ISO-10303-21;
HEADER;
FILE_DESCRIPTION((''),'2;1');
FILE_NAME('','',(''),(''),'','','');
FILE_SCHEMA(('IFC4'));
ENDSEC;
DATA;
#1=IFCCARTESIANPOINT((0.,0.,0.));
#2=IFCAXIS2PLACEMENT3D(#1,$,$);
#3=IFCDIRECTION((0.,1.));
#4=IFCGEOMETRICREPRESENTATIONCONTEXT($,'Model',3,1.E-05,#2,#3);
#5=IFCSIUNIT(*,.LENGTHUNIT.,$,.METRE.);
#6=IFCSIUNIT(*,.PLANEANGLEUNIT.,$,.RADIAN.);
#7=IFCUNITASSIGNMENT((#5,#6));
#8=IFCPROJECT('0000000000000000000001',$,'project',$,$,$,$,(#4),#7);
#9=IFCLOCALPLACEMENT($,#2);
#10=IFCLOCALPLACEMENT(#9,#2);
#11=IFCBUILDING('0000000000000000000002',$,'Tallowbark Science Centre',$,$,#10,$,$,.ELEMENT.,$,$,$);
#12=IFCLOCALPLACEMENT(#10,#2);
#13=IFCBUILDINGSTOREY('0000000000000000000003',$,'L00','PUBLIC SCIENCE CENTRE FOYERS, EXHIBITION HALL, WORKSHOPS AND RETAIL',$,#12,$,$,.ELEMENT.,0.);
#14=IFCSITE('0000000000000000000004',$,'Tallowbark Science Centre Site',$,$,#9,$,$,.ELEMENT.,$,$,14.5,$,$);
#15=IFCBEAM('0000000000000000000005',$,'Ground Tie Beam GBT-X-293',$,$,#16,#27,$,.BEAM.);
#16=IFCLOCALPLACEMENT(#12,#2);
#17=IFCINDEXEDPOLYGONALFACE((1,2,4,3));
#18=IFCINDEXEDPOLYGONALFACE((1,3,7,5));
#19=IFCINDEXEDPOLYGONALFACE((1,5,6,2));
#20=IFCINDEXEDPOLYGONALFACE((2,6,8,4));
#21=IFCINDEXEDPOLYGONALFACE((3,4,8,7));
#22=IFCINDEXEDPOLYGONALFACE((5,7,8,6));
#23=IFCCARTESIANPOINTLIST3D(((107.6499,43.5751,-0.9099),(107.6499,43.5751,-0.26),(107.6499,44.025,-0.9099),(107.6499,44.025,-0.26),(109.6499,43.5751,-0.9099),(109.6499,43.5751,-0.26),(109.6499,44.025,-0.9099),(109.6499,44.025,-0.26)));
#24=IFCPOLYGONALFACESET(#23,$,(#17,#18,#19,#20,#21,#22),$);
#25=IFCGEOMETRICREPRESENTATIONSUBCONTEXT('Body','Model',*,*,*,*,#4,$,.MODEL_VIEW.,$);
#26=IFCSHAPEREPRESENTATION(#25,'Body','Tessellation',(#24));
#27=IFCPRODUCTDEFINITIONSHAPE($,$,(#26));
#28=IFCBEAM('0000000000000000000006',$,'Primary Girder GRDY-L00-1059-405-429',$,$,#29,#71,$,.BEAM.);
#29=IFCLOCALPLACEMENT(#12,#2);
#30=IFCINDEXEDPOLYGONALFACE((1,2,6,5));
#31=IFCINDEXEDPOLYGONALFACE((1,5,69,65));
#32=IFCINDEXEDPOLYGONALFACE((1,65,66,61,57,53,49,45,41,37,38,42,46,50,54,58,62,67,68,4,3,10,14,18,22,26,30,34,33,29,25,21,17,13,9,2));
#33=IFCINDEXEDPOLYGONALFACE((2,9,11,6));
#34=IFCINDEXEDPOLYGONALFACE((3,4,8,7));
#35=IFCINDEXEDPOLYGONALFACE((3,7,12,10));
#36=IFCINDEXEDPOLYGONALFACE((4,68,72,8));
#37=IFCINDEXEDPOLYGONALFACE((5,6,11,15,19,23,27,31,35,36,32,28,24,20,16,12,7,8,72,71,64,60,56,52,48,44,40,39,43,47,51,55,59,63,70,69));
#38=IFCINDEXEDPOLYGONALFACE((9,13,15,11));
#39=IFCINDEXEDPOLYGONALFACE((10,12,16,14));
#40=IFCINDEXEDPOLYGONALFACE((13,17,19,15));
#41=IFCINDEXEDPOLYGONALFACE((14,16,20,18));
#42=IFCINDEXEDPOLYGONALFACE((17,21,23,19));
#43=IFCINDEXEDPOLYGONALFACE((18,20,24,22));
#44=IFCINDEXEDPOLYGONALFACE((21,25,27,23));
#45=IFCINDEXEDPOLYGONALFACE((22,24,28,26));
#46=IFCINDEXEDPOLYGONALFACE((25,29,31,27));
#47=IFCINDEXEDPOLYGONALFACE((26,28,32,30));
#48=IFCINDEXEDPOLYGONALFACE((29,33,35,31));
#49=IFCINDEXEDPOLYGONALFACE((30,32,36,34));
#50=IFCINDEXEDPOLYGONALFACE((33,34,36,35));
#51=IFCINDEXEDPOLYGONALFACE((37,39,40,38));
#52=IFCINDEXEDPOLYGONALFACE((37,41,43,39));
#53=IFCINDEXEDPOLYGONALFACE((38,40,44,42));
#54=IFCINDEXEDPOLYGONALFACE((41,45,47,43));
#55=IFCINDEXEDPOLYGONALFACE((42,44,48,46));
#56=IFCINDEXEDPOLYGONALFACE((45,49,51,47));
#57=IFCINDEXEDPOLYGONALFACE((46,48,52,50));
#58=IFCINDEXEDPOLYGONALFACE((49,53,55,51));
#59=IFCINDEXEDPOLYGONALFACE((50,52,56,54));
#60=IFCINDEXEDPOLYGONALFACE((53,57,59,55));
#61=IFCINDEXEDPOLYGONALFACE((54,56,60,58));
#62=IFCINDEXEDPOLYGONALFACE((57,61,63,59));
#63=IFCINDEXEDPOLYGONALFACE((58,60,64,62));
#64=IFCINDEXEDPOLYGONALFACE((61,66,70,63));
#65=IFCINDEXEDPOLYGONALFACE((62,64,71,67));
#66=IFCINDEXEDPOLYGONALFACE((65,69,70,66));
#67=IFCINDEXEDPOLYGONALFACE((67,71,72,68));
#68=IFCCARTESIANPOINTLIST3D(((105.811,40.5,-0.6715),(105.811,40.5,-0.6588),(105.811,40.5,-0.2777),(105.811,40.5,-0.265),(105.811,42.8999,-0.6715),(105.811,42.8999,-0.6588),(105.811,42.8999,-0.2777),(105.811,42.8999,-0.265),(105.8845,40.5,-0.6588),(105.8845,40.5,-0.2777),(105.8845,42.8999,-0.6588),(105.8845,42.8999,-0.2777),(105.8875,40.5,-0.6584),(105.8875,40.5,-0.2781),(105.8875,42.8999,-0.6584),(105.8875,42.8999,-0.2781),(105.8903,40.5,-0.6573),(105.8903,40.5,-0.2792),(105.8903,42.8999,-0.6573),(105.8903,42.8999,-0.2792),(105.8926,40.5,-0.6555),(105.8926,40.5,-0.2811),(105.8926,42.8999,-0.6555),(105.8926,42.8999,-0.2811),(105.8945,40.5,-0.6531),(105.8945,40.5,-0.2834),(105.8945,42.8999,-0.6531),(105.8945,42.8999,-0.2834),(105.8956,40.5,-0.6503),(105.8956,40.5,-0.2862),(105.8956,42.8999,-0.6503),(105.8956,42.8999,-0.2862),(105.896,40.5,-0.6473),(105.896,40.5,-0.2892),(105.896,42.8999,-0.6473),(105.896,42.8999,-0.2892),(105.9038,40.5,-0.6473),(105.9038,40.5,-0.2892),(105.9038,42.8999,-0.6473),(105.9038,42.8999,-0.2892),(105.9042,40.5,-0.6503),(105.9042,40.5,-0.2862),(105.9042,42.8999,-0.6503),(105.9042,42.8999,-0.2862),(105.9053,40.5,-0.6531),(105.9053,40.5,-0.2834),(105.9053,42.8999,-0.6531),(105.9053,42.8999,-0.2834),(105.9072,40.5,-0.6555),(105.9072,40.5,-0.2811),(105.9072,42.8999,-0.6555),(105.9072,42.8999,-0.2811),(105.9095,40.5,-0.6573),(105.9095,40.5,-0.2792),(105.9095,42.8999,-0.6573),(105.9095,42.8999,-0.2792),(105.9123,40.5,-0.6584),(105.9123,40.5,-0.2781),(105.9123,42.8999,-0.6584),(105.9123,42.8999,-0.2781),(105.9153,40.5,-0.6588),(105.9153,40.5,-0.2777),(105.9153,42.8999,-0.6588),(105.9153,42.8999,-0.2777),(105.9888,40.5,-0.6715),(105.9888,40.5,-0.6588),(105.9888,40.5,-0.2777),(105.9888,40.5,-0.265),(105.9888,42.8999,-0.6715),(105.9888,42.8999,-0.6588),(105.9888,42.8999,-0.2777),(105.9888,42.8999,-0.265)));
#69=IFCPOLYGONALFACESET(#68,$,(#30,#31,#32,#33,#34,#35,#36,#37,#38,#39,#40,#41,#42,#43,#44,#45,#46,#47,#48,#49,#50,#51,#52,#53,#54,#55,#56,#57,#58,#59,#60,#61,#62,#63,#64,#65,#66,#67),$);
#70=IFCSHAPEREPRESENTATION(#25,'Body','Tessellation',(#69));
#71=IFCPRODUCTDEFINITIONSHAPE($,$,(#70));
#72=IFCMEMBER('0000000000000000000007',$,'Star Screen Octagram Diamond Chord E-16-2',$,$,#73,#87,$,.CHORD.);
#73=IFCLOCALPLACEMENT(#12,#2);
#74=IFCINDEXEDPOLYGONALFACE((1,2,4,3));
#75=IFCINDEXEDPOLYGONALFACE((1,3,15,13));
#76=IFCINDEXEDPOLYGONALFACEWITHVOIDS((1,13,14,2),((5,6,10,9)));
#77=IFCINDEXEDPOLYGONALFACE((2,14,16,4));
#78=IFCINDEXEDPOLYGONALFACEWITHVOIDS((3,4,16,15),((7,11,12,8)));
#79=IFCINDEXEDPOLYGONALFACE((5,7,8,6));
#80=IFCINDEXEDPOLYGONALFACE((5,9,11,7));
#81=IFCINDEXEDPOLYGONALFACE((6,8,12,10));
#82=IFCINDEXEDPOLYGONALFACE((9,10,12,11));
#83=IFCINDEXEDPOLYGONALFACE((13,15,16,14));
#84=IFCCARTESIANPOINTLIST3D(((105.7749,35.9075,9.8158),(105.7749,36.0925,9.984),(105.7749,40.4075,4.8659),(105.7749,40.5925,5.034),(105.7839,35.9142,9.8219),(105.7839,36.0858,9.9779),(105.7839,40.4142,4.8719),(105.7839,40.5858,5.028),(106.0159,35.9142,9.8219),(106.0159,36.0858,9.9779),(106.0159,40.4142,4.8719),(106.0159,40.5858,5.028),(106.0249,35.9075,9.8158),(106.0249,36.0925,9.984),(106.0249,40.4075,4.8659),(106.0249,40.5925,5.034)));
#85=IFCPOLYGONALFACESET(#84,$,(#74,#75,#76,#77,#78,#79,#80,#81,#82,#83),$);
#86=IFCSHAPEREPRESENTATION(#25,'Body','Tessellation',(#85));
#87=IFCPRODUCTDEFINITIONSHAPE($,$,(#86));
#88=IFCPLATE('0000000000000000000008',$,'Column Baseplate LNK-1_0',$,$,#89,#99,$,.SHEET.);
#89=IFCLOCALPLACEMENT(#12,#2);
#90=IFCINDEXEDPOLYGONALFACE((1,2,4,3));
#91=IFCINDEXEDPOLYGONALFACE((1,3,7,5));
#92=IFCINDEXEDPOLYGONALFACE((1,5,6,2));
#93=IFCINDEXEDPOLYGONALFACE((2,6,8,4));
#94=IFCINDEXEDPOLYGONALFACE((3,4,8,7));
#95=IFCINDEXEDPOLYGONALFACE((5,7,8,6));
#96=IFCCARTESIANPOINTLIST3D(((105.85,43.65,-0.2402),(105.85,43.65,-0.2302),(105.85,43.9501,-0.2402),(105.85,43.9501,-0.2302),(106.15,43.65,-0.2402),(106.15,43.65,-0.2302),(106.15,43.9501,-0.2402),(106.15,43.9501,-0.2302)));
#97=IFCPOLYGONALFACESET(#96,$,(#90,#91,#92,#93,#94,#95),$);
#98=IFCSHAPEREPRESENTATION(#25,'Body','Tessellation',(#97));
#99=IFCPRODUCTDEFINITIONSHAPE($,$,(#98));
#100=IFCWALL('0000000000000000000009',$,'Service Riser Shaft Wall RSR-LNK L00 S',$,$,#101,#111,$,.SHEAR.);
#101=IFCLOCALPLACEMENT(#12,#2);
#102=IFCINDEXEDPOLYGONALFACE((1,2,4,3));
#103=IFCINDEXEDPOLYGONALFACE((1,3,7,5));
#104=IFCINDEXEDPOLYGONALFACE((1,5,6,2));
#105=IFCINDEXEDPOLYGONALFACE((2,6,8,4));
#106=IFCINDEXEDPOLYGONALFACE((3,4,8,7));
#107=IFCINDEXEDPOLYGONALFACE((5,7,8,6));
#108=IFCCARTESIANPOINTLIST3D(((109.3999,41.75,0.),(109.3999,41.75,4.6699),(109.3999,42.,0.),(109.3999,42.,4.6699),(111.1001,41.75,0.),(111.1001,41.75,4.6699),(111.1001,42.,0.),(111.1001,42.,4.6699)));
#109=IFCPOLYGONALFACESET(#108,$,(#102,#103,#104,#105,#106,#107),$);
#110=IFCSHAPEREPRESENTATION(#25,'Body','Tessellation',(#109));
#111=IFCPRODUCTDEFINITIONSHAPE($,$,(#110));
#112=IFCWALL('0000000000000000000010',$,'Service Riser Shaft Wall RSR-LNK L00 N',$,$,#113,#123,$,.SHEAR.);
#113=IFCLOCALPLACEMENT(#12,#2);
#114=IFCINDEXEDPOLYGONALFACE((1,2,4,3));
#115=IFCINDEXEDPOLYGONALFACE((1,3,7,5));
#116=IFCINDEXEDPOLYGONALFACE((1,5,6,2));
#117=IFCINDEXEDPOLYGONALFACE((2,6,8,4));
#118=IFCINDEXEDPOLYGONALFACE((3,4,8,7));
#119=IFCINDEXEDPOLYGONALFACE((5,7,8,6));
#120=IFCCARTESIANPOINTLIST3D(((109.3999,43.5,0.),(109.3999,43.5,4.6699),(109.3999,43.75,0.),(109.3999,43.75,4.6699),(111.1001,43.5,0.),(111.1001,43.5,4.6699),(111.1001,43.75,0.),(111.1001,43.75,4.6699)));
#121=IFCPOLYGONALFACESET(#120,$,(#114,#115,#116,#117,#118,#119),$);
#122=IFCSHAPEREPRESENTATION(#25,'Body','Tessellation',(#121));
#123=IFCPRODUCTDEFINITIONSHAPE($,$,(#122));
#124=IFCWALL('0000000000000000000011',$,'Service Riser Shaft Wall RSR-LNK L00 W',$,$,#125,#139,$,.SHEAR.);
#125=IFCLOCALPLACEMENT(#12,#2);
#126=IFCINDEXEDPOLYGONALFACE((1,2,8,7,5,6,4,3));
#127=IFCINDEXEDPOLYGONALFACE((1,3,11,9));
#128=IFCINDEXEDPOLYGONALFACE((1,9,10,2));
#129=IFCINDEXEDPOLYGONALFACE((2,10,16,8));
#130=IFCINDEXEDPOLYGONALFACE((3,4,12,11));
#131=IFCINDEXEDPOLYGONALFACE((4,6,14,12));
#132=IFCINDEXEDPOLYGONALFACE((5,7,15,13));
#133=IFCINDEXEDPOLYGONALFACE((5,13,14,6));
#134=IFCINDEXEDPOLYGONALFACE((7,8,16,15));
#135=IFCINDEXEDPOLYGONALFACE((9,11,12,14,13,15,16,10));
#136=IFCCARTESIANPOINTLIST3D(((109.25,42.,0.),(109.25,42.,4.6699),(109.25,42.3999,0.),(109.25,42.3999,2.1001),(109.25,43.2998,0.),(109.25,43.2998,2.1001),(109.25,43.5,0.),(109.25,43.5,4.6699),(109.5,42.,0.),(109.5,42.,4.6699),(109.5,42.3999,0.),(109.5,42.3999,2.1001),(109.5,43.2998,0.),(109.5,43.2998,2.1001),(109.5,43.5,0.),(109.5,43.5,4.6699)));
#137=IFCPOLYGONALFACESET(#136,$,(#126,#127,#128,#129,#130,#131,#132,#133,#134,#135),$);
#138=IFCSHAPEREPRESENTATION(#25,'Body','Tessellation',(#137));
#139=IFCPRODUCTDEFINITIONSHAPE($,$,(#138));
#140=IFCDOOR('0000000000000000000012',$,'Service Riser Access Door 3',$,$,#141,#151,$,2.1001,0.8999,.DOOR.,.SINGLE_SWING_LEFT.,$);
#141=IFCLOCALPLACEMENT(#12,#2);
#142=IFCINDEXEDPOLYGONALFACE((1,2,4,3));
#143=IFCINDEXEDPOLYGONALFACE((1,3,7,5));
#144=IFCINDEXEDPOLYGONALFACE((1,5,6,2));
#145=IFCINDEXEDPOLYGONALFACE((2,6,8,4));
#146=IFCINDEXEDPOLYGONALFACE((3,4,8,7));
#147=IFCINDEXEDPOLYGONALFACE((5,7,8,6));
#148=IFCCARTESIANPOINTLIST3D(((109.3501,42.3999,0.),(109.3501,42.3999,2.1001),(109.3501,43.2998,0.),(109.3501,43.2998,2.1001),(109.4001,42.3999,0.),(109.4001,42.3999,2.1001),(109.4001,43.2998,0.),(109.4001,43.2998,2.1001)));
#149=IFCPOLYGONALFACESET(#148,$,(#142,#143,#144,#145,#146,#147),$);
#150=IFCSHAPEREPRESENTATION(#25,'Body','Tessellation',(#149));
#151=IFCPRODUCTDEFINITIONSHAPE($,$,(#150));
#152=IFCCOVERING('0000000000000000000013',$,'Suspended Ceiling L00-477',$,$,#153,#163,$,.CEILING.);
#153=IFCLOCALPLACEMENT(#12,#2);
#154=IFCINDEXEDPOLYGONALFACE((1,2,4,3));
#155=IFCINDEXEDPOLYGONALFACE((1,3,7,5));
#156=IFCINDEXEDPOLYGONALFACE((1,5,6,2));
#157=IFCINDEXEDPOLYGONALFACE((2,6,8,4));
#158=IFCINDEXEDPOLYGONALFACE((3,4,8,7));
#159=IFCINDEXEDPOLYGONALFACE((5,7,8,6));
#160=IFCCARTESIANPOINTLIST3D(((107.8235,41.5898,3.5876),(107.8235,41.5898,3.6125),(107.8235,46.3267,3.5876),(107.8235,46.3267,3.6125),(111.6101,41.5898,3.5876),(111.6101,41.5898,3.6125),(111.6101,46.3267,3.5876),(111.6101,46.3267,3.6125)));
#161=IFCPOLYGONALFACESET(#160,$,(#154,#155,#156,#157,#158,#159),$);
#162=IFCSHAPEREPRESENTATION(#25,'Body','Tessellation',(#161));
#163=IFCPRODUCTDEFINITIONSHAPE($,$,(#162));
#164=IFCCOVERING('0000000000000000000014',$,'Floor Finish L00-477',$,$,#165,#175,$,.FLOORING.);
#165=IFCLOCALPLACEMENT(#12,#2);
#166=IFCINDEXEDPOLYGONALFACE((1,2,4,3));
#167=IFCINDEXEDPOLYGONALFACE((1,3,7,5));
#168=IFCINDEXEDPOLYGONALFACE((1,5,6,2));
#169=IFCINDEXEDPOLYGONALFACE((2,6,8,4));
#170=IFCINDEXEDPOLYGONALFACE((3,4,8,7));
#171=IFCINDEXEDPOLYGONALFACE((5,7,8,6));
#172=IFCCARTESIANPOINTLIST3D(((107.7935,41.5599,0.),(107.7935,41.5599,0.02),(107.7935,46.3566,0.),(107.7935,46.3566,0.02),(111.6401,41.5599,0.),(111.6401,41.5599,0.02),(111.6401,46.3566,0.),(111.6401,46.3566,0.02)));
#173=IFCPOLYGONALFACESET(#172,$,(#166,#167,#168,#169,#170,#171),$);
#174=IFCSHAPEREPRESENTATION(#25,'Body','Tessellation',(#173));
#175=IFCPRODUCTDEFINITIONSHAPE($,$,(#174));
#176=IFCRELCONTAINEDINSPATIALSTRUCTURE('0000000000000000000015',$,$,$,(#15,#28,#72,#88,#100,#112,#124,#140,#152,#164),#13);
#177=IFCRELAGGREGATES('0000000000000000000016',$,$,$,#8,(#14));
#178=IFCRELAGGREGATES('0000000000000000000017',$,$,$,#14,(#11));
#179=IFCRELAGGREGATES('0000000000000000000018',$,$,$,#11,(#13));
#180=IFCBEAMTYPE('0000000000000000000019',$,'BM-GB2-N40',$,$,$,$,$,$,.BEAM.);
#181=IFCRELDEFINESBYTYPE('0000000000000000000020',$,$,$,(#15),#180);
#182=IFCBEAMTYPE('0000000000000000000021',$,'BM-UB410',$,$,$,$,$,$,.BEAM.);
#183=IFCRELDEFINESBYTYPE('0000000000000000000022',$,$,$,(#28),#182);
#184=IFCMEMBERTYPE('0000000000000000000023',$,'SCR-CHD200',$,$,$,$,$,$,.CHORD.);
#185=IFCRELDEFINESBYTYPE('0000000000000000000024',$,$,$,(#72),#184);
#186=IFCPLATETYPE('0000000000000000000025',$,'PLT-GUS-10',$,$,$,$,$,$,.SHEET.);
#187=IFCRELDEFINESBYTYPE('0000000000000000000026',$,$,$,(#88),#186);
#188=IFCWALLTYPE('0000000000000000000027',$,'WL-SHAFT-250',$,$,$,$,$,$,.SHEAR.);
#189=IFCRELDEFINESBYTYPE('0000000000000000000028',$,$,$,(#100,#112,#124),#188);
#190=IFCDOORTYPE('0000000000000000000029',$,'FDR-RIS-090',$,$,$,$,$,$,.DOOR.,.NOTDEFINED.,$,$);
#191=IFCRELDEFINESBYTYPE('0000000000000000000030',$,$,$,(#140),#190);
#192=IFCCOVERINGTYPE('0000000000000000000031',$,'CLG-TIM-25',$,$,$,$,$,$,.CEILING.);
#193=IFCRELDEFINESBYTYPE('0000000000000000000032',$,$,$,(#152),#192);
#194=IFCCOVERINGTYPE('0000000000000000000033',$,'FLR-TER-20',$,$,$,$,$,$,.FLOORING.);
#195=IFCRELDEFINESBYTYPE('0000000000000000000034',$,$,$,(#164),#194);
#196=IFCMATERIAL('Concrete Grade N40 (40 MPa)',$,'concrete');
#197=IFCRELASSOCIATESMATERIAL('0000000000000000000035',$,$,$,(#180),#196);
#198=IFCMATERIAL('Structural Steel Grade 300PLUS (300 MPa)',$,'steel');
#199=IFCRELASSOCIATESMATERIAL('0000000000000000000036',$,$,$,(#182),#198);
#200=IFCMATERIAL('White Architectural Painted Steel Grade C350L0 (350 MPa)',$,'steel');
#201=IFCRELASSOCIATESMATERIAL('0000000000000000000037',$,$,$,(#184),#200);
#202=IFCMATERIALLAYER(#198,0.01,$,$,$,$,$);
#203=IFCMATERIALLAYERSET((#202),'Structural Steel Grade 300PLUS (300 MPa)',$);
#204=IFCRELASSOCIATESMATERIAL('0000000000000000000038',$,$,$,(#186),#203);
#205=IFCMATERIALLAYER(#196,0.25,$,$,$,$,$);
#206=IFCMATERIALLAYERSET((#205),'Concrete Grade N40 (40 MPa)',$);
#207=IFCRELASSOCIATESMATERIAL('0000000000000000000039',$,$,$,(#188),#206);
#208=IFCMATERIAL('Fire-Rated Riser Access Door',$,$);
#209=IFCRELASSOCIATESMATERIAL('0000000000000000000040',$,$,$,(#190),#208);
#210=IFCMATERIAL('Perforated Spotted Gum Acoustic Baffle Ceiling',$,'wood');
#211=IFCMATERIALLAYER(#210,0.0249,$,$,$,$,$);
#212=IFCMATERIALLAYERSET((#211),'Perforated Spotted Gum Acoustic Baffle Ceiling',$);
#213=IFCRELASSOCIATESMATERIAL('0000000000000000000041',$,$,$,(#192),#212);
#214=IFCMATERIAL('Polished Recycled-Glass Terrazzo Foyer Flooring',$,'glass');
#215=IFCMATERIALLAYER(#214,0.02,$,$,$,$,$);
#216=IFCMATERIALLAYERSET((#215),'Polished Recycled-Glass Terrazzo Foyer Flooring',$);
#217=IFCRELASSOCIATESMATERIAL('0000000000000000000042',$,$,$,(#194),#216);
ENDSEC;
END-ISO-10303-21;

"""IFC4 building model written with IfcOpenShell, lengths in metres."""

from ifc_helpers import new_model, si_unit, direction, frame, frame_2d, origin, origin_2d, place, context, subcontext, project, spatial, rectangle, hollow_rectangle, i_section, extrude, material, layer, layer_set, material_profile, profile_set, type_object, element, fill, save


model = new_model("IFC4")

# Units and contexts
model_context = context("Model", 3, precision=1e-05, world=origin(), true_north=direction((0.0, 1.0)))
body_context = subcontext(model_context, "Body", "Model", "MODEL_VIEW")
ifc_project = project(units=[si_unit("LENGTHUNIT", "METRE"), si_unit("PLANEANGLEUNIT", "RADIAN")], contexts=[model_context])

# Site, building, storey
site_placement = place(None, origin())
site = spatial("IfcSite", under=ifc_project, at=site_placement, Name="Tallowbark Science Centre Site", CompositionType="ELEMENT", RefElevation=14.5)
building_placement = place(site_placement, origin())
building = spatial("IfcBuilding", under=site, at=building_placement, Name="Tallowbark Science Centre", CompositionType="ELEMENT")
storey_placement = place(building_placement, origin())
storey = spatial("IfcBuildingStorey", under=building, at=storey_placement, Name="L00", Description="PUBLIC SCIENCE CENTRE FOYERS, EXHIBITION HALL, WORKSHOPS AND RETAIL", CompositionType="ELEMENT", Elevation=0.0)

# Shared definitions
ifc_material_1 = material(Name="Concrete Grade N40 (40 MPa)", Category="concrete")

# Shared definitions
ifc_material_2 = material(Name="White Architectural Painted Steel Grade C350L0 (350 MPa)", Category="steel")
ifc_material_3 = material(Name="Structural Steel Grade 300PLUS (300 MPa)", Category="steel")

# Beams
ifc_material_profile_1 = material_profile(ifc_material_1, rectangle(XDim=0.45, YDim=0.6499, at=origin_2d()), Name="RC450x650")
ifc_profile_set_1 = profile_set([ifc_material_profile_1], Name="Concrete Grade N40 (40 MPa)")
beam_type_1 = type_object("IfcBeamType", Name="BM-GB2-N40", PredefinedType="BEAM", material=ifc_profile_set_1)
beam_1_placement = place(storey_placement, frame((107.6499, 43.8, -0.585), z_axis=(1.0, 0.0, 0.0), x_axis=(0.0, 1.0, 0.0)))
element("IfcBeam", 1, at=beam_1_placement, inside=storey, type_object=beam_type_1, Name="Ground Tie Beam GBT-X-293", PredefinedType="BEAM", context=body_context, shape_type="SweptSolid", body=[
    extrude(rectangle(XDim=0.45, YDim=0.6499, at=origin_2d()), origin(), (0.0, 0.0, 1.0), 2.0),
])
ifc_material_profile_2 = material_profile(ifc_material_3, i_section(OverallWidth=0.1777, OverallDepth=0.4065, WebThickness=0.0078, FlangeThickness=0.0127, FilletRadius=0.0115, at=origin_2d()), Name="410UB59.7")
ifc_profile_set_2 = profile_set([ifc_material_profile_2], Name="Structural Steel Grade 300PLUS (300 MPa)")
beam_type_2 = type_object("IfcBeamType", Name="BM-UB410", PredefinedType="BEAM", material=ifc_profile_set_2)
beam_2_placement = place(storey_placement, frame((105.8999, 40.5, -0.4683), z_axis=(0.0, 1.0, 0.0), x_axis=(-1.0, 0.0, 0.0)))
element("IfcBeam", 2, at=beam_2_placement, inside=storey, type_object=beam_type_2, Name="Primary Girder GRDY-L00-1059-405-429", PredefinedType="BEAM", context=body_context, shape_type="SweptSolid", body=[
    extrude(i_section(OverallWidth=0.1777, OverallDepth=0.4065, WebThickness=0.0078, FlangeThickness=0.0127, FilletRadius=0.0115, at=origin_2d()), origin(), (0.0, 0.0, 1.0), 2.3999),
])

# Member
ifc_material_profile_3 = material_profile(ifc_material_2, hollow_rectangle(XDim=0.25, YDim=0.25, WallThickness=0.009, at=origin_2d()), Name="250x250x9.0SHS")
ifc_profile_set_3 = profile_set([ifc_material_profile_3], Name="White Architectural Painted Steel Grade C350L0 (350 MPa)")
member_type = type_object("IfcMemberType", Name="SCR-CHD200", PredefinedType="CHORD", material=ifc_profile_set_3)
member_placement = place(storey_placement, frame((105.8999, 40.5, 4.95), z_axis=(0.0, -0.672676, 0.739937), x_axis=(1.0, 0.0, 0.0)))
element("IfcMember", 3, at=member_placement, inside=storey, type_object=member_type, Name="Star Screen Octagram Diamond Chord E-16-2", PredefinedType="CHORD", context=body_context, shape_type="SweptSolid", body=[
    extrude(hollow_rectangle(XDim=0.25, YDim=0.25, WallThickness=0.009, at=origin_2d()), origin(), (0.0, 0.0, 1.0), 6.6897),
])

# Plate
ifc_layer_1 = layer(ifc_material_3, 0.01)
ifc_layer_set_1 = layer_set([ifc_layer_1], Name="Structural Steel Grade 300PLUS (300 MPa)")
plate_type = type_object("IfcPlateType", Name="PLT-GUS-10", PredefinedType="SHEET", material=ifc_layer_set_1)
plate_placement = place(storey_placement, frame((106.0, 43.8, -0.2402), z_axis=(0.0, 0.0, 1.0), x_axis=(1.0, 0.0, 0.0)))
element("IfcPlate", 4, at=plate_placement, inside=storey, type_object=plate_type, Name="Column Baseplate LNK-1_0", PredefinedType="SHEET", context=body_context, shape_type="SweptSolid", body=[
    extrude(rectangle(XDim=0.3, YDim=0.3, at=origin_2d()), origin(), (0.0, 0.0, 1.0), 0.01),
])

# Walls
ifc_layer_2 = layer(ifc_material_1, 0.25)
ifc_layer_set_2 = layer_set([ifc_layer_2], Name="Concrete Grade N40 (40 MPa)")
wall_type = type_object("IfcWallType", Name="WL-SHAFT-250", PredefinedType="SHEAR", material=ifc_layer_set_2)
for number, where, z_axis, x_axis, name in (
    (5, (109.3999, 41.875, 0.0), (0.0, 0.0, 1.0), (1.0, 0.0, 0.0), "Service Riser Shaft Wall RSR-LNK L00 S"),
    (6, (109.3999, 43.625, 0.0), (0.0, 0.0, 1.0), (1.0, 0.0, 0.0), "Service Riser Shaft Wall RSR-LNK L00 N"),
):
    element("IfcWall", number, at=place(storey_placement, frame(where, z_axis=z_axis, x_axis=x_axis)), inside=storey, type_object=wall_type, Name=name, PredefinedType="SHEAR", context=body_context, shape_type="SweptSolid", body=[
        extrude(rectangle(XDim=1.7002, YDim=0.25, at=frame_2d((0.8501, 0.0))), origin(), (0.0, 0.0, 1.0), 4.6699),
    ])

# Wall, opening, door
wall_placement = place(storey_placement, frame((109.375, 42.0, 0.0), z_axis=(0.0, 0.0, 1.0), x_axis=(0.0, 1.0, 0.0)))
wall = element("IfcWall", 7, at=wall_placement, inside=storey, type_object=wall_type, Name="Service Riser Shaft Wall RSR-LNK L00 W", PredefinedType="SHEAR", context=body_context, shape_type="SweptSolid", body=[
    extrude(rectangle(XDim=1.5, YDim=0.25, at=frame_2d((0.75, 0.0))), origin(), (0.0, 0.0, 1.0), 4.6699),
])
opening_placement = place(wall_placement, frame((0.3999, 0.0, 0.0)))
opening = element("IfcOpeningElement", 8, at=opening_placement, cuts=wall, PredefinedType="OPENING", context=body_context, shape_type="SweptSolid", body=[
    extrude(rectangle(XDim=0.8999, YDim=2.1001, at=frame_2d((0.45, 1.05))), frame((0.0, 0.135, 0.0), z_axis=(0.0, -1.0, 0.0), x_axis=(1.0, 0.0, 0.0)), (0.0, 0.0, 1.0), 0.27),
])
ifc_material_4 = material(Name="Fire-Rated Riser Access Door")
door_type = type_object("IfcDoorType", Name="FDR-RIS-090", OperationType="NOTDEFINED", PredefinedType="DOOR", material=ifc_material_4)
door_placement = place(opening_placement, origin())
door = element("IfcDoor", 9, at=door_placement, inside=storey, type_object=door_type, Name="Service Riser Access Door 3", OperationType="SINGLE_SWING_LEFT", OverallHeight=2.1001, OverallWidth=0.8999, PredefinedType="DOOR", context=body_context, shape_type="SweptSolid", body=[
    extrude(rectangle(XDim=0.8999, YDim=2.1001, at=frame_2d((0.45, 1.05))), frame((0.0, 0.0249, 0.0), z_axis=(0.0, -1.0, 0.0), x_axis=(1.0, 0.0, 0.0)), (0.0, 0.0, 1.0), 0.05),
])
fill(opening, door)

# Coverings
ifc_material_5 = material(Name="Perforated Spotted Gum Acoustic Baffle Ceiling", Category="wood")
ifc_layer_3 = layer(ifc_material_5, 0.0249)
ifc_layer_set_3 = layer_set([ifc_layer_3], Name="Perforated Spotted Gum Acoustic Baffle Ceiling")
covering_type_1 = type_object("IfcCoveringType", Name="CLG-TIM-25", PredefinedType="CEILING", material=ifc_layer_set_3)
covering_1_placement = place(storey_placement, frame((109.7168, 43.9583, 3.5876), z_axis=(0.0, 0.0, 1.0), x_axis=(1.0, 0.0, 0.0)))
element("IfcCovering", 10, at=covering_1_placement, inside=storey, type_object=covering_type_1, Name="Suspended Ceiling L00-477", PredefinedType="CEILING", context=body_context, shape_type="SweptSolid", body=[
    extrude(rectangle(XDim=3.7866, YDim=4.7368, at=origin_2d()), origin(), (0.0, 0.0, 1.0), 0.0249),
])
ifc_material_6 = material(Name="Polished Recycled-Glass Terrazzo Foyer Flooring", Category="glass")
ifc_layer_4 = layer(ifc_material_6, 0.02)
ifc_layer_set_4 = layer_set([ifc_layer_4], Name="Polished Recycled-Glass Terrazzo Foyer Flooring")
covering_type_2 = type_object("IfcCoveringType", Name="FLR-TER-20", PredefinedType="FLOORING", material=ifc_layer_set_4)
covering_2_placement = place(storey_placement, frame((109.7168, 43.9583, 0.0), z_axis=(0.0, 0.0, 1.0), x_axis=(1.0, 0.0, 0.0)))
element("IfcCovering", 11, at=covering_2_placement, inside=storey, type_object=covering_type_2, Name="Floor Finish L00-477", PredefinedType="FLOORING", context=body_context, shape_type="SweptSolid", body=[
    extrude(rectangle(XDim=3.8467, YDim=4.7966, at=origin_2d()), origin(), (0.0, 0.0, 1.0), 0.02),
])

save(model, "model.ifc")
